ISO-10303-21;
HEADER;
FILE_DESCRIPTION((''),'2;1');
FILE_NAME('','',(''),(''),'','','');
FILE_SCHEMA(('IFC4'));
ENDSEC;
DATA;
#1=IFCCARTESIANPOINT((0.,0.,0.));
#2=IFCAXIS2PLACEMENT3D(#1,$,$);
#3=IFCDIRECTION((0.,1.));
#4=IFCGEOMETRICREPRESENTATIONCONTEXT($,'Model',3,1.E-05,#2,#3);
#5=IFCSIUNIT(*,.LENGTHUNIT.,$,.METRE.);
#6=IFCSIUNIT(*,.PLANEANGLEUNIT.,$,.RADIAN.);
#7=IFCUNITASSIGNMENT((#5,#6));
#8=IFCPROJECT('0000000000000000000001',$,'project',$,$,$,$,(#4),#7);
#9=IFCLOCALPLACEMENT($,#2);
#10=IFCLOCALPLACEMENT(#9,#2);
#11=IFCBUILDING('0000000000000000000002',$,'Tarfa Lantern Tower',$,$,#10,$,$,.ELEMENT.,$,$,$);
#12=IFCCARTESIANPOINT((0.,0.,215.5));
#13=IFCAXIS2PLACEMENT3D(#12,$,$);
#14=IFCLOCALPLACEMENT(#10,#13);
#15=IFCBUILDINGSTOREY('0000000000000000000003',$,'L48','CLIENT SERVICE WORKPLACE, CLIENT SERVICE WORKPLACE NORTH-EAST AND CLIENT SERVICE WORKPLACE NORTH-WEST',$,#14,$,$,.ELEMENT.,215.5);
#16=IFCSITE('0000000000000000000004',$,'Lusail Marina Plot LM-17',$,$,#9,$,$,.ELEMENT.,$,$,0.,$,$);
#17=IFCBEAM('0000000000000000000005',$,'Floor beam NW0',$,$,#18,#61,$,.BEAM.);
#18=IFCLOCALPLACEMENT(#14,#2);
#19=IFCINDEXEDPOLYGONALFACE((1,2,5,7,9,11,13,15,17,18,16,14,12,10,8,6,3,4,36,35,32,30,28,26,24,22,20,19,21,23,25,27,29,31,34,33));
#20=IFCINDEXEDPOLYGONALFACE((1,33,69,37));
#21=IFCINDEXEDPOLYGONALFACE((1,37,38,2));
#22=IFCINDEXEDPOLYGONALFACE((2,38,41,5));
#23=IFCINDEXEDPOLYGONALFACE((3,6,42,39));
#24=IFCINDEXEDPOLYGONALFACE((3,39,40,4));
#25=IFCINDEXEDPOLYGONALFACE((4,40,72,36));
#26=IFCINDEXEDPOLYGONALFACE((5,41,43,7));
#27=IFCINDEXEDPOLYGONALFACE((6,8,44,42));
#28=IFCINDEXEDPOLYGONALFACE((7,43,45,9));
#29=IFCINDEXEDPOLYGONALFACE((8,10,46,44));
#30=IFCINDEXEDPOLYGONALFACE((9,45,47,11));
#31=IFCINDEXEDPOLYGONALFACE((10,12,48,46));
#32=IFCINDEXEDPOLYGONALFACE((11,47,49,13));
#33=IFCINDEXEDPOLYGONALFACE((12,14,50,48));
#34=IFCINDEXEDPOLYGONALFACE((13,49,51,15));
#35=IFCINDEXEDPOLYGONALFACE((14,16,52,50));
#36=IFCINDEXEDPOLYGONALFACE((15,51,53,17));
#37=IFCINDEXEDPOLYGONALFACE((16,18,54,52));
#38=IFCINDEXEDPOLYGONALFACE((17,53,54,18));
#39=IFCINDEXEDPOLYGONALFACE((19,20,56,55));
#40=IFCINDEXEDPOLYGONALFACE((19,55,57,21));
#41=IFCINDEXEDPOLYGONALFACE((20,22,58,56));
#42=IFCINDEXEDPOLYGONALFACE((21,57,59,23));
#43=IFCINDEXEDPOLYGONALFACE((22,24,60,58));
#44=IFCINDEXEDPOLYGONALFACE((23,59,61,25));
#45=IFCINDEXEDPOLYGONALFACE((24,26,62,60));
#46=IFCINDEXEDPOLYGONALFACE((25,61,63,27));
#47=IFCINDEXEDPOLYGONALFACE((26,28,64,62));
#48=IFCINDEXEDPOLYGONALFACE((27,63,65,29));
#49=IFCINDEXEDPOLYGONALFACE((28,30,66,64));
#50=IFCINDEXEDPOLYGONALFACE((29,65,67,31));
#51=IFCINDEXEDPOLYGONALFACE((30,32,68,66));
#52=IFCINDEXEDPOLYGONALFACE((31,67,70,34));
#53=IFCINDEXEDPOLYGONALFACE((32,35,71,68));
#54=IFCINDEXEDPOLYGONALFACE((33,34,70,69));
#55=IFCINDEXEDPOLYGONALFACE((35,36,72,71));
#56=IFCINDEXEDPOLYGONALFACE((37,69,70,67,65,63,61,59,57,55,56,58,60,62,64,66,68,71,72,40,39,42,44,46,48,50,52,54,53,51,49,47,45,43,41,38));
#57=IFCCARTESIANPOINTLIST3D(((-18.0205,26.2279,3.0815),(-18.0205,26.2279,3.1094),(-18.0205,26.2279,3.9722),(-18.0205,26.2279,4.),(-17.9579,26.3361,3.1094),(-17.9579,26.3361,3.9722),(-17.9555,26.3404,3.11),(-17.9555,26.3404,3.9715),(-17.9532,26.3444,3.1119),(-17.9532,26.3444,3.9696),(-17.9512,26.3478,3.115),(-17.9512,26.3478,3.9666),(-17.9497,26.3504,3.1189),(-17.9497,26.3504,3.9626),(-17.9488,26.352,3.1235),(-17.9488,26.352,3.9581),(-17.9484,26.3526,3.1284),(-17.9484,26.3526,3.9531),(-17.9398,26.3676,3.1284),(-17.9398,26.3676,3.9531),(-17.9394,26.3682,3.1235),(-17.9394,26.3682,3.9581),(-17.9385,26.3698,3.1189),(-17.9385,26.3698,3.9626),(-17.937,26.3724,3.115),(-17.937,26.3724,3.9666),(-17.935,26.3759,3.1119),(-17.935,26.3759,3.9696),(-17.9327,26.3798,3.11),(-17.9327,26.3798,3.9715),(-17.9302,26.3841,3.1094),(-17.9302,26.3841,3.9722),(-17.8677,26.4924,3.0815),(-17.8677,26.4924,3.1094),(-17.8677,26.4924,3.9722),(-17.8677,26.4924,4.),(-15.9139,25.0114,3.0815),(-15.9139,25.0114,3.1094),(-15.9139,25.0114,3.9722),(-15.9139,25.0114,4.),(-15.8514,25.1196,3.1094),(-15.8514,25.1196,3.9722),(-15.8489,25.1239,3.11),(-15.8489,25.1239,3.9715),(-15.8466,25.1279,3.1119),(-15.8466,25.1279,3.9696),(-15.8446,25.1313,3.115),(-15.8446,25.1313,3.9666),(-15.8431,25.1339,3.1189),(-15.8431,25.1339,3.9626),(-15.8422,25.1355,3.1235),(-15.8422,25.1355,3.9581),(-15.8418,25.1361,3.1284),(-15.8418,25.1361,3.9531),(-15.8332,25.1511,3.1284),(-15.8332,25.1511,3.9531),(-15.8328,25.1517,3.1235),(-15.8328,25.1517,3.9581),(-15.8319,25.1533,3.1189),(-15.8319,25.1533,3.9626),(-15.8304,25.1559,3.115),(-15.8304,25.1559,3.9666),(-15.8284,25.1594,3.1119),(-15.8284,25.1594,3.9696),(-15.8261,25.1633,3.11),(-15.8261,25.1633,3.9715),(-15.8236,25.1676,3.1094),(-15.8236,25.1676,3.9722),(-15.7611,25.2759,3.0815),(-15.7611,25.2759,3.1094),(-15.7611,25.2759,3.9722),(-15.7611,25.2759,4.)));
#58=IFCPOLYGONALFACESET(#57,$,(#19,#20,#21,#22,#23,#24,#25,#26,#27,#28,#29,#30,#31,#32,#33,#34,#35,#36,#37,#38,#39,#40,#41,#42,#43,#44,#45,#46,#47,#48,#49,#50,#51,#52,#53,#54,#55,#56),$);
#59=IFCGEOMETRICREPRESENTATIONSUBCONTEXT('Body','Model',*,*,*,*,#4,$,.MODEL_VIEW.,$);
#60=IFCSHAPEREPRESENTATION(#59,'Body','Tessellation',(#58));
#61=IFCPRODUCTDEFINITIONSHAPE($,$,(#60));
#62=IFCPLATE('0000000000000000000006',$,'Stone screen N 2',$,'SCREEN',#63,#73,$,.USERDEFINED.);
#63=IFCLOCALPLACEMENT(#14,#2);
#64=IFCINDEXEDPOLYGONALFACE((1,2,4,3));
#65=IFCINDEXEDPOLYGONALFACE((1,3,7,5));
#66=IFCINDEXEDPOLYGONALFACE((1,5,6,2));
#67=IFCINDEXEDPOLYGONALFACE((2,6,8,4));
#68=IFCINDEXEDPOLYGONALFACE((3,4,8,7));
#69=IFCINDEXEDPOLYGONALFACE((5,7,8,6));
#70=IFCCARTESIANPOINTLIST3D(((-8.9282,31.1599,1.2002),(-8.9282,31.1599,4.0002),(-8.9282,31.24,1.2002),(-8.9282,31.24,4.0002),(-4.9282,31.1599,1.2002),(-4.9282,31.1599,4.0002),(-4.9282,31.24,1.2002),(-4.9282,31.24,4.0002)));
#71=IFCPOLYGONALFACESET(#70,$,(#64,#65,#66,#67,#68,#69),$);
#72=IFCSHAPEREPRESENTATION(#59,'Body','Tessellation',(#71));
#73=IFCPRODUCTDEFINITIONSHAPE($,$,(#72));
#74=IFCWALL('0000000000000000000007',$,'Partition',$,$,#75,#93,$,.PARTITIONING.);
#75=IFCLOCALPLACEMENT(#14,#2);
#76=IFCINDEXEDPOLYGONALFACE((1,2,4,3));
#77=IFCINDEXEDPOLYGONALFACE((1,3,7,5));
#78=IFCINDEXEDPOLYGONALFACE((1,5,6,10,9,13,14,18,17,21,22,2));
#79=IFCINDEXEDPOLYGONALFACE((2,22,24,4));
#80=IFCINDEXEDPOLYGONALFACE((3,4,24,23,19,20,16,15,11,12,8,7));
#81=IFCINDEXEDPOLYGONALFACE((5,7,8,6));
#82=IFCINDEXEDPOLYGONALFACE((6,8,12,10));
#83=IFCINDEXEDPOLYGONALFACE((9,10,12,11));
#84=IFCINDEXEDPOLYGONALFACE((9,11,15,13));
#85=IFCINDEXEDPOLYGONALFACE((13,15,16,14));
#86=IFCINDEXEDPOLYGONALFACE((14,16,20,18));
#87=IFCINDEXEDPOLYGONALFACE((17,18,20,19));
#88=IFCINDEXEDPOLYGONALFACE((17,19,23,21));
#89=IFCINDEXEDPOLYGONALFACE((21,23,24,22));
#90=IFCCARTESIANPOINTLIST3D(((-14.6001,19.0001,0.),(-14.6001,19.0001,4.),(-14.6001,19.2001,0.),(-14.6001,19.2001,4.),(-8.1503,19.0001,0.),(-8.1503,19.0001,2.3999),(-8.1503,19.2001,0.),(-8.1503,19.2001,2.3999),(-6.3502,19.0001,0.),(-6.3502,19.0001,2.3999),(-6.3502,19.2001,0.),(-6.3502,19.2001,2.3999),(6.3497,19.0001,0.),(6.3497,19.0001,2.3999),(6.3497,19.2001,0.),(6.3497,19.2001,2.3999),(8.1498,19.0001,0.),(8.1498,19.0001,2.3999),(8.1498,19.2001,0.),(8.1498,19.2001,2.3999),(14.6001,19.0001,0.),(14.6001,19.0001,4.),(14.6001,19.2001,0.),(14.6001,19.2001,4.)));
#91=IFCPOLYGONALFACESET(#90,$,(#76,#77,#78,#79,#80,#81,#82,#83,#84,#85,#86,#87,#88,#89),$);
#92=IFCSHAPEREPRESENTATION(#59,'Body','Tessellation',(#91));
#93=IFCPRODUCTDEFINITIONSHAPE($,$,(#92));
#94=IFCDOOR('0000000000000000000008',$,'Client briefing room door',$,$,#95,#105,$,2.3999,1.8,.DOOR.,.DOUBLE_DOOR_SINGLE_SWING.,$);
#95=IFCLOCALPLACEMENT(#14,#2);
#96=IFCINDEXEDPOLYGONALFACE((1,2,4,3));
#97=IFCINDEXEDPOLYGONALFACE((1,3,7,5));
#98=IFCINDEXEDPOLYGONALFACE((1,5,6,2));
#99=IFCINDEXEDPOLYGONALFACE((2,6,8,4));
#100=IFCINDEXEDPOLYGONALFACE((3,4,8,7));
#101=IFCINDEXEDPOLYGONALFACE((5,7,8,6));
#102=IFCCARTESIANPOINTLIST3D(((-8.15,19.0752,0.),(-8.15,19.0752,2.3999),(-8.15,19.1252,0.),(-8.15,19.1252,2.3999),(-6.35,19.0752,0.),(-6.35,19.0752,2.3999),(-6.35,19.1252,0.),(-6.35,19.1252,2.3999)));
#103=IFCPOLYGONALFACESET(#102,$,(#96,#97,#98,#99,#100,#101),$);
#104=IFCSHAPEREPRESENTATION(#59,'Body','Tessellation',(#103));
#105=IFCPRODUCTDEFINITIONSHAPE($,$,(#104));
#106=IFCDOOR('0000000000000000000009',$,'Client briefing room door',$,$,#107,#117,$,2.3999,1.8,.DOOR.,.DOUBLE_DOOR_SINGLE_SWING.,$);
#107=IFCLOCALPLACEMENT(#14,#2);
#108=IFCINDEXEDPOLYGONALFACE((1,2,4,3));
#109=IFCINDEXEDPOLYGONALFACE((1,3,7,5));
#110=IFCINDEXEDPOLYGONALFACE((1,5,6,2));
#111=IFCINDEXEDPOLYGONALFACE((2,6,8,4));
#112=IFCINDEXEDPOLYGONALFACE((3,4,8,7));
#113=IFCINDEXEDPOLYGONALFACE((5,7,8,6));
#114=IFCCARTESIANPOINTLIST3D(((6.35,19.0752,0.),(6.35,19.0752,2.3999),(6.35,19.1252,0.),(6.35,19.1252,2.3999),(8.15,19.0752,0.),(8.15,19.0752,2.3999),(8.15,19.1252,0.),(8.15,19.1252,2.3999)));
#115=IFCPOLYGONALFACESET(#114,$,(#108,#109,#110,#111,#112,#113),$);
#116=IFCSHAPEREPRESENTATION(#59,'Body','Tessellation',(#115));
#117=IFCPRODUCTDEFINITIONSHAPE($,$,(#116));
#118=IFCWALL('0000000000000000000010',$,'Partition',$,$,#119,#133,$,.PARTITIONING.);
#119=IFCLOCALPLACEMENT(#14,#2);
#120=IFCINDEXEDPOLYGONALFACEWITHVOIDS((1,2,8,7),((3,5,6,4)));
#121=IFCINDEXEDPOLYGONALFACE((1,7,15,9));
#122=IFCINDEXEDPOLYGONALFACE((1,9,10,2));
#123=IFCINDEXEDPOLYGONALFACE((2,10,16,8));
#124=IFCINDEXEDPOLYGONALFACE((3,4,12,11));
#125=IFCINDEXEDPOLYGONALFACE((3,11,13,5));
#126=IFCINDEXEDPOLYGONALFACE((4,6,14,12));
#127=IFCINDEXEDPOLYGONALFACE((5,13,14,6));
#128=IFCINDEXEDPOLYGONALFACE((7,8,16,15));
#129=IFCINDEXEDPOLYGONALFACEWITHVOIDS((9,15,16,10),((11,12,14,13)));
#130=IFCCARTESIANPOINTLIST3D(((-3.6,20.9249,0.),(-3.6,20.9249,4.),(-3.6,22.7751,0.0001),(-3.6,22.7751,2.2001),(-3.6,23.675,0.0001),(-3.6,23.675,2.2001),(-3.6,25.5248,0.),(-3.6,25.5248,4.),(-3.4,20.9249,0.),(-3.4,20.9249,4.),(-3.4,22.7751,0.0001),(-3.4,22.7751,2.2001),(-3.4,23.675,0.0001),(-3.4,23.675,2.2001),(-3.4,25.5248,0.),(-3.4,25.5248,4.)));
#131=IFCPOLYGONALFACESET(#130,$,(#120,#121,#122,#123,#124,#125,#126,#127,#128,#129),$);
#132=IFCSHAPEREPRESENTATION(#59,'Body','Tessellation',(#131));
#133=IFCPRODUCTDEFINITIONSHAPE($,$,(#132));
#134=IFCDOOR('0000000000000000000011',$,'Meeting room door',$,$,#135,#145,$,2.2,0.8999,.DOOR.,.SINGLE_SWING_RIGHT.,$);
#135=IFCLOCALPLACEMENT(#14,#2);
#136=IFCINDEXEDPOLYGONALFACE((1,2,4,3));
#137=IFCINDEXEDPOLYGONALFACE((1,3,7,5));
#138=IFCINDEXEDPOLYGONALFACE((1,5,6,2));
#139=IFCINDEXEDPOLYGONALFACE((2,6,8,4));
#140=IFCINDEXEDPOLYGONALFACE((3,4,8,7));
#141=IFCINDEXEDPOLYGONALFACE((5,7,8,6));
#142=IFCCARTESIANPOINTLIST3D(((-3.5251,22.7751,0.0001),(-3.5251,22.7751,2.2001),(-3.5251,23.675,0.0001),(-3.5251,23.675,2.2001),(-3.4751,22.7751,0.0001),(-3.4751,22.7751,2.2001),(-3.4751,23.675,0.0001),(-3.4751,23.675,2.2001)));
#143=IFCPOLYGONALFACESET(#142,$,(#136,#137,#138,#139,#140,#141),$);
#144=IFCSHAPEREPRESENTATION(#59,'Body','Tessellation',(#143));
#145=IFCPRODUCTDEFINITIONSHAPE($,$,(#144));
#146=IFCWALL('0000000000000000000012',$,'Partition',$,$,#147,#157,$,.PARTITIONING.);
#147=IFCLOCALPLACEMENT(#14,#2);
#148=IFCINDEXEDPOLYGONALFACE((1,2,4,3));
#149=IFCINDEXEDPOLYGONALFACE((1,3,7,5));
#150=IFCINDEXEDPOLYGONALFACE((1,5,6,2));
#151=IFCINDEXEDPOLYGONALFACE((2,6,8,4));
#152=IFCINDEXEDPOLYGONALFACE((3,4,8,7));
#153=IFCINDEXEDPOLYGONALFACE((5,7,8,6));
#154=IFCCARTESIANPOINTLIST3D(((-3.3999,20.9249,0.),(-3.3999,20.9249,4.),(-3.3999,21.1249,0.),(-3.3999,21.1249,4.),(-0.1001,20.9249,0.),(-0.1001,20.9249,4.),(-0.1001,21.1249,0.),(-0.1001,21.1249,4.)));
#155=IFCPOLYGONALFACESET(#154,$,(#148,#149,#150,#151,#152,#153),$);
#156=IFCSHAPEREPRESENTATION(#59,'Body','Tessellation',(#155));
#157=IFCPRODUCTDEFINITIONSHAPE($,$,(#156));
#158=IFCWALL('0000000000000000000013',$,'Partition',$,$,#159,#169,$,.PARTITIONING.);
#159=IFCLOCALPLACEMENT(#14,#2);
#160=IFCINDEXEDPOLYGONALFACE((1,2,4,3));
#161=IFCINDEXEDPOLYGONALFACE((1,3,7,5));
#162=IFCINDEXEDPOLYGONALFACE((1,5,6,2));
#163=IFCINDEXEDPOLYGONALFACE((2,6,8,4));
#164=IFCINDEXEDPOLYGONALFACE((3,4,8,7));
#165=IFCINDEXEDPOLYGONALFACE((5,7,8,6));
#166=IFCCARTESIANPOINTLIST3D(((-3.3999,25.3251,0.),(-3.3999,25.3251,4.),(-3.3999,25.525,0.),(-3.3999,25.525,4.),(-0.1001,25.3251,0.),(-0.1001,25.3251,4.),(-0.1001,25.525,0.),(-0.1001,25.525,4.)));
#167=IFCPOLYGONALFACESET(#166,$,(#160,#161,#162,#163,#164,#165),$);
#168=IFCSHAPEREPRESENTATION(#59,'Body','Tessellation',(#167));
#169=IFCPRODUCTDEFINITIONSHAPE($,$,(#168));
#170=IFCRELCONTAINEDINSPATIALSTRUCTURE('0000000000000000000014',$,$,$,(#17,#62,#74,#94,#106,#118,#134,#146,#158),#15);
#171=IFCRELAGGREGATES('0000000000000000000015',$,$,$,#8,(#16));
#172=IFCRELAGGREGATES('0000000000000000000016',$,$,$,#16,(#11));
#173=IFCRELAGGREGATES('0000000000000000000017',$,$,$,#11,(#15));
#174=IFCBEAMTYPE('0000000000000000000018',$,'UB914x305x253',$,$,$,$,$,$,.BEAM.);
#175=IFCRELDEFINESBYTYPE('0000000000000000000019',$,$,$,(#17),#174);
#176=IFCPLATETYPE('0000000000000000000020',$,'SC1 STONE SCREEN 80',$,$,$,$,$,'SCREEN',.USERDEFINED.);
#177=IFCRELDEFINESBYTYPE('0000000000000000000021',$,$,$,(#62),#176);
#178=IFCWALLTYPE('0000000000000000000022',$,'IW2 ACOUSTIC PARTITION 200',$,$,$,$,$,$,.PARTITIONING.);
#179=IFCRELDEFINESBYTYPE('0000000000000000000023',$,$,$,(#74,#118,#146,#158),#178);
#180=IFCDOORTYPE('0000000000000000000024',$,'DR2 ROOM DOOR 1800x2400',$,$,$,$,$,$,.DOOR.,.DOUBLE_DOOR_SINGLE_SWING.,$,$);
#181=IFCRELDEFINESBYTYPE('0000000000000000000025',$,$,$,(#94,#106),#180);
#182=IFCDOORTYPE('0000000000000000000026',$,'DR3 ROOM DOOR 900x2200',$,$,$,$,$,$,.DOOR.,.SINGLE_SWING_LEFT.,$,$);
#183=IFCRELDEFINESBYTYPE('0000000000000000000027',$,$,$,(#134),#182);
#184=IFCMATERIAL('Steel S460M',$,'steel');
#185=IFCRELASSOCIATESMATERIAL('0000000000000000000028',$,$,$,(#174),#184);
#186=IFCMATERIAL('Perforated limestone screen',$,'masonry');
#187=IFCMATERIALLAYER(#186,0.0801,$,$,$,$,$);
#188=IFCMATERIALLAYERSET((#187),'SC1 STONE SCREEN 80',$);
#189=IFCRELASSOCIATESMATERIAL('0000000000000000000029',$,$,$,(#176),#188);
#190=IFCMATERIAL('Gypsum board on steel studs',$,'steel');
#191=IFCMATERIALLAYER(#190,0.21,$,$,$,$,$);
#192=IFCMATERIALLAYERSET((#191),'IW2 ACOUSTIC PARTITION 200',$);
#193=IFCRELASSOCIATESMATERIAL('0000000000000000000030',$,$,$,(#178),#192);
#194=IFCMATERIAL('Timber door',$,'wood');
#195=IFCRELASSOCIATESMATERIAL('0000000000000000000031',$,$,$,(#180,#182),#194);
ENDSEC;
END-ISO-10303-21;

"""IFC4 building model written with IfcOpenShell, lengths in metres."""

from ifc_helpers import new_model, si_unit, direction, frame, frame_2d, origin, origin_2d, place, context, subcontext, project, spatial, rectangle, i_section, extrude, material, layer, layer_set, material_profile, profile_set, type_object, element, fill, save


model = new_model("IFC4")

# Units and contexts
model_context = context("Model", 3, precision=1e-05, world=origin(), true_north=direction((0.0, 1.0)))
body_context = subcontext(model_context, "Body", "Model", "MODEL_VIEW")
ifc_project = project(units=[si_unit("LENGTHUNIT", "METRE"), si_unit("PLANEANGLEUNIT", "RADIAN")], contexts=[model_context])

# Site, building, storey
site_placement = place(None, origin())
site = spatial("IfcSite", under=ifc_project, at=site_placement, Name="Lusail Marina Plot LM-17", CompositionType="ELEMENT", RefElevation=0.0)
building_placement = place(site_placement, origin())
building = spatial("IfcBuilding", under=site, at=building_placement, Name="Tarfa Lantern Tower", CompositionType="ELEMENT")
storey_placement = place(building_placement, frame((0.0, 0.0, 215.5)))
storey = spatial("IfcBuildingStorey", under=building, at=storey_placement, Name="L48", Description="CLIENT SERVICE WORKPLACE, CLIENT SERVICE WORKPLACE NORTH-EAST AND CLIENT SERVICE WORKPLACE NORTH-WEST", CompositionType="ELEMENT", Elevation=215.5)

# Shared definitions
ifc_material_1 = material(Name="Steel S460M", Category="steel")

# Beam
ifc_material_profile_1 = material_profile(ifc_material_1, i_section(OverallWidth=0.3054, OverallDepth=0.9185, WebThickness=0.0173, FlangeThickness=0.0278, FilletRadius=0.019, at=origin_2d()), Name="UB914x305x253")
ifc_profile_set_1 = profile_set([ifc_material_profile_1], Name="Steel S460M")
beam_type_1 = type_object("IfcBeamType", Name="UB914x305x253", PredefinedType="BEAM", material=ifc_profile_set_1)
beam_1_placement = place(storey_placement, frame((-17.9441, 26.3601, 3.5408), z_axis=(0.86598, -0.500079, 0.0), x_axis=(0.500079, 0.86598, 0.0)))
element("IfcBeam", 1, at=beam_1_placement, inside=storey, type_object=beam_type_1, Name="Floor beam NW0", PredefinedType="BEAM", context=body_context, shape_type="SweptSolid", body=[
    extrude(i_section(OverallWidth=0.3054, OverallDepth=0.9185, WebThickness=0.0173, FlangeThickness=0.0278, FilletRadius=0.019, at=origin_2d()), origin(), (0.0, 0.0, 1.0), 2.4326),
])

# Plate
ifc_material_2 = material(Name="Perforated limestone screen", Category="masonry")
ifc_layer_1 = layer(ifc_material_2, 0.0801)
ifc_layer_set_1 = layer_set([ifc_layer_1], Name="SC1 STONE SCREEN 80")
plate_type = type_object("IfcPlateType", Name="SC1 STONE SCREEN 80", ElementType="SCREEN", PredefinedType="USERDEFINED", material=ifc_layer_set_1)
plate_placement = place(storey_placement, frame((-6.9282, 31.2, 1.2002), z_axis=(0.0, 0.0, 1.0), x_axis=(-1.0, 0.0, 0.0)))
element("IfcPlate", 2, at=plate_placement, inside=storey, type_object=plate_type, Name="Stone screen N 2", ObjectType="SCREEN", PredefinedType="USERDEFINED", context=body_context, shape_type="SweptSolid", body=[
    extrude(rectangle(XDim=4.0, YDim=0.0801, at=origin_2d()), origin(), (0.0, 0.0, 1.0), 2.8),
])

# Wall, openings, doors
ifc_material_3 = material(Name="Gypsum board on steel studs", Category="steel")
ifc_layer_2 = layer(ifc_material_3, 0.21)
ifc_layer_set_2 = layer_set([ifc_layer_2], Name="IW2 ACOUSTIC PARTITION 200")
wall_type = type_object("IfcWallType", Name="IW2 ACOUSTIC PARTITION 200", PredefinedType="PARTITIONING", material=ifc_layer_set_2)
wall_1_placement = place(storey_placement, frame((-14.6001, 19.1001, 0.0), z_axis=(0.0, 0.0, 1.0), x_axis=(1.0, 0.0, 0.0)))
wall_1 = element("IfcWall", 3, at=wall_1_placement, inside=storey, type_object=wall_type, Name="Partition", PredefinedType="PARTITIONING", context=body_context, shape_type="SweptSolid", body=[
    extrude(rectangle(XDim=29.2002, YDim=0.2, at=frame_2d((14.6001, 0.0))), origin(), (0.0, 0.0, 1.0), 4.0),
])
opening_1_placement = place(wall_1_placement, frame((6.45, 0.0, 0.0)))
opening_1 = element("IfcOpeningElement", 4, at=opening_1_placement, cuts=wall_1, PredefinedType="OPENING", context=body_context, shape_type="SweptSolid", body=[
    extrude(rectangle(XDim=1.8, YDim=2.3999, at=frame_2d((0.8999, 1.2))), frame((0.0, 0.1099, 0.0), z_axis=(0.0, -1.0, 0.0), x_axis=(1.0, 0.0, 0.0)), (0.0, 0.0, 1.0), 0.22),
])
opening_2_placement = place(wall_1_placement, frame((20.95, 0.0, 0.0)))
opening_2 = element("IfcOpeningElement", 5, at=opening_2_placement, cuts=wall_1, PredefinedType="OPENING", context=body_context, shape_type="SweptSolid", body=[
    extrude(rectangle(XDim=1.8, YDim=2.3999, at=frame_2d((0.8999, 1.2))), frame((0.0, 0.1099, 0.0), z_axis=(0.0, -1.0, 0.0), x_axis=(1.0, 0.0, 0.0)), (0.0, 0.0, 1.0), 0.22),
])
ifc_material_4 = material(Name="Timber door", Category="wood")
door_type_1 = type_object("IfcDoorType", Name="DR2 ROOM DOOR 1800x2400", OperationType="DOUBLE_DOOR_SINGLE_SWING", PredefinedType="DOOR", material=ifc_material_4)
door_1_placement = place(opening_1_placement, frame((1.8, 0.0, 0.0), z_axis=(0.0, 0.0, 1.0), x_axis=(-1.0, 0.0, 0.0)))
door_1 = element("IfcDoor", 6, at=door_1_placement, inside=storey, type_object=door_type_1, Name="Client briefing room door", OperationType="DOUBLE_DOOR_SINGLE_SWING", OverallHeight=2.3999, OverallWidth=1.8, PredefinedType="DOOR", context=body_context, shape_type="SweptSolid", body=[
    extrude(rectangle(XDim=1.8, YDim=2.3999, at=frame_2d((0.8999, 1.2))), frame((0.0, 0.0249, 0.0), z_axis=(0.0, -1.0, 0.0), x_axis=(1.0, 0.0, 0.0)), (0.0, 0.0, 1.0), 0.05),
])
fill(opening_1, door_1)
door_2_placement = place(opening_2_placement, frame((1.8, 0.0, 0.0), z_axis=(0.0, 0.0, 1.0), x_axis=(-1.0, 0.0, 0.0)))
door_2 = element("IfcDoor", 7, at=door_2_placement, inside=storey, type_object=door_type_1, Name="Client briefing room door", OperationType="DOUBLE_DOOR_SINGLE_SWING", OverallHeight=2.3999, OverallWidth=1.8, PredefinedType="DOOR", context=body_context, shape_type="SweptSolid", body=[
    extrude(rectangle(XDim=1.8, YDim=2.3999, at=frame_2d((0.8999, 1.2))), frame((0.0, 0.0249, 0.0), z_axis=(0.0, -1.0, 0.0), x_axis=(1.0, 0.0, 0.0)), (0.0, 0.0, 1.0), 0.05),
])
fill(opening_2, door_2)

# Wall, opening, door
wall_2_placement = place(storey_placement, frame((-3.5, 20.925, 0.0), z_axis=(0.0, 0.0, 1.0), x_axis=(0.0, 1.0, 0.0)))
wall_2 = element("IfcWall", 8, at=wall_2_placement, inside=storey, type_object=wall_type, Name="Partition", PredefinedType="PARTITIONING", context=body_context, shape_type="SweptSolid", body=[
    extrude(rectangle(XDim=4.5999, YDim=0.2, at=frame_2d((2.2998, 0.0))), origin(), (0.0, 0.0, 1.0), 4.0),
])
opening_3_placement = place(wall_2_placement, frame((1.8501, 0.0, 0.0)))
opening_3 = element("IfcOpeningElement", 9, at=opening_3_placement, cuts=wall_2, PredefinedType="OPENING", context=body_context, shape_type="SweptSolid", body=[
    extrude(rectangle(XDim=0.8999, YDim=2.2, at=frame_2d((0.45, 1.1001))), frame((0.0, 0.1099, 0.0), z_axis=(0.0, -1.0, 0.0), x_axis=(1.0, 0.0, 0.0)), (0.0, 0.0, 1.0), 0.22),
])
door_type_2 = type_object("IfcDoorType", Name="DR3 ROOM DOOR 900x2200", OperationType="SINGLE_SWING_LEFT", PredefinedType="DOOR", material=ifc_material_4)
door_3_placement = place(opening_3_placement, frame((0.8999, 0.0, 0.0), z_axis=(0.0, 0.0, 1.0), x_axis=(-1.0, 0.0, 0.0)))
door_3 = element("IfcDoor", 10, at=door_3_placement, inside=storey, type_object=door_type_2, Name="Meeting room door", OperationType="SINGLE_SWING_RIGHT", OverallHeight=2.2, OverallWidth=0.8999, PredefinedType="DOOR", context=body_context, shape_type="SweptSolid", body=[
    extrude(rectangle(XDim=0.8999, YDim=2.2, at=frame_2d((0.45, 1.1001))), frame((0.0, 0.0249, 0.0), z_axis=(0.0, -1.0, 0.0), x_axis=(1.0, 0.0, 0.0)), (0.0, 0.0, 1.0), 0.05),
])
fill(opening_3, door_3)

# Walls
for number, where, z_axis, x_axis, name in (
    (11, (-0.1001, 21.0249, 0.0), (0.0, 0.0, 1.0), (-1.0, 0.0, 0.0), "Partition"),
    (12, (-0.1001, 25.425, 0.0), (0.0, 0.0, 1.0), (-1.0, 0.0, 0.0), "Partition"),
):
    element("IfcWall", number, at=place(storey_placement, frame(where, z_axis=z_axis, x_axis=x_axis)), inside=storey, type_object=wall_type, Name=name, PredefinedType="PARTITIONING", context=body_context, shape_type="SweptSolid", body=[
        extrude(rectangle(XDim=3.2998, YDim=0.2, at=frame_2d((1.6499, 0.0))), origin(), (0.0, 0.0, 1.0), 4.0),
    ])

save(model, "model.ifc")
